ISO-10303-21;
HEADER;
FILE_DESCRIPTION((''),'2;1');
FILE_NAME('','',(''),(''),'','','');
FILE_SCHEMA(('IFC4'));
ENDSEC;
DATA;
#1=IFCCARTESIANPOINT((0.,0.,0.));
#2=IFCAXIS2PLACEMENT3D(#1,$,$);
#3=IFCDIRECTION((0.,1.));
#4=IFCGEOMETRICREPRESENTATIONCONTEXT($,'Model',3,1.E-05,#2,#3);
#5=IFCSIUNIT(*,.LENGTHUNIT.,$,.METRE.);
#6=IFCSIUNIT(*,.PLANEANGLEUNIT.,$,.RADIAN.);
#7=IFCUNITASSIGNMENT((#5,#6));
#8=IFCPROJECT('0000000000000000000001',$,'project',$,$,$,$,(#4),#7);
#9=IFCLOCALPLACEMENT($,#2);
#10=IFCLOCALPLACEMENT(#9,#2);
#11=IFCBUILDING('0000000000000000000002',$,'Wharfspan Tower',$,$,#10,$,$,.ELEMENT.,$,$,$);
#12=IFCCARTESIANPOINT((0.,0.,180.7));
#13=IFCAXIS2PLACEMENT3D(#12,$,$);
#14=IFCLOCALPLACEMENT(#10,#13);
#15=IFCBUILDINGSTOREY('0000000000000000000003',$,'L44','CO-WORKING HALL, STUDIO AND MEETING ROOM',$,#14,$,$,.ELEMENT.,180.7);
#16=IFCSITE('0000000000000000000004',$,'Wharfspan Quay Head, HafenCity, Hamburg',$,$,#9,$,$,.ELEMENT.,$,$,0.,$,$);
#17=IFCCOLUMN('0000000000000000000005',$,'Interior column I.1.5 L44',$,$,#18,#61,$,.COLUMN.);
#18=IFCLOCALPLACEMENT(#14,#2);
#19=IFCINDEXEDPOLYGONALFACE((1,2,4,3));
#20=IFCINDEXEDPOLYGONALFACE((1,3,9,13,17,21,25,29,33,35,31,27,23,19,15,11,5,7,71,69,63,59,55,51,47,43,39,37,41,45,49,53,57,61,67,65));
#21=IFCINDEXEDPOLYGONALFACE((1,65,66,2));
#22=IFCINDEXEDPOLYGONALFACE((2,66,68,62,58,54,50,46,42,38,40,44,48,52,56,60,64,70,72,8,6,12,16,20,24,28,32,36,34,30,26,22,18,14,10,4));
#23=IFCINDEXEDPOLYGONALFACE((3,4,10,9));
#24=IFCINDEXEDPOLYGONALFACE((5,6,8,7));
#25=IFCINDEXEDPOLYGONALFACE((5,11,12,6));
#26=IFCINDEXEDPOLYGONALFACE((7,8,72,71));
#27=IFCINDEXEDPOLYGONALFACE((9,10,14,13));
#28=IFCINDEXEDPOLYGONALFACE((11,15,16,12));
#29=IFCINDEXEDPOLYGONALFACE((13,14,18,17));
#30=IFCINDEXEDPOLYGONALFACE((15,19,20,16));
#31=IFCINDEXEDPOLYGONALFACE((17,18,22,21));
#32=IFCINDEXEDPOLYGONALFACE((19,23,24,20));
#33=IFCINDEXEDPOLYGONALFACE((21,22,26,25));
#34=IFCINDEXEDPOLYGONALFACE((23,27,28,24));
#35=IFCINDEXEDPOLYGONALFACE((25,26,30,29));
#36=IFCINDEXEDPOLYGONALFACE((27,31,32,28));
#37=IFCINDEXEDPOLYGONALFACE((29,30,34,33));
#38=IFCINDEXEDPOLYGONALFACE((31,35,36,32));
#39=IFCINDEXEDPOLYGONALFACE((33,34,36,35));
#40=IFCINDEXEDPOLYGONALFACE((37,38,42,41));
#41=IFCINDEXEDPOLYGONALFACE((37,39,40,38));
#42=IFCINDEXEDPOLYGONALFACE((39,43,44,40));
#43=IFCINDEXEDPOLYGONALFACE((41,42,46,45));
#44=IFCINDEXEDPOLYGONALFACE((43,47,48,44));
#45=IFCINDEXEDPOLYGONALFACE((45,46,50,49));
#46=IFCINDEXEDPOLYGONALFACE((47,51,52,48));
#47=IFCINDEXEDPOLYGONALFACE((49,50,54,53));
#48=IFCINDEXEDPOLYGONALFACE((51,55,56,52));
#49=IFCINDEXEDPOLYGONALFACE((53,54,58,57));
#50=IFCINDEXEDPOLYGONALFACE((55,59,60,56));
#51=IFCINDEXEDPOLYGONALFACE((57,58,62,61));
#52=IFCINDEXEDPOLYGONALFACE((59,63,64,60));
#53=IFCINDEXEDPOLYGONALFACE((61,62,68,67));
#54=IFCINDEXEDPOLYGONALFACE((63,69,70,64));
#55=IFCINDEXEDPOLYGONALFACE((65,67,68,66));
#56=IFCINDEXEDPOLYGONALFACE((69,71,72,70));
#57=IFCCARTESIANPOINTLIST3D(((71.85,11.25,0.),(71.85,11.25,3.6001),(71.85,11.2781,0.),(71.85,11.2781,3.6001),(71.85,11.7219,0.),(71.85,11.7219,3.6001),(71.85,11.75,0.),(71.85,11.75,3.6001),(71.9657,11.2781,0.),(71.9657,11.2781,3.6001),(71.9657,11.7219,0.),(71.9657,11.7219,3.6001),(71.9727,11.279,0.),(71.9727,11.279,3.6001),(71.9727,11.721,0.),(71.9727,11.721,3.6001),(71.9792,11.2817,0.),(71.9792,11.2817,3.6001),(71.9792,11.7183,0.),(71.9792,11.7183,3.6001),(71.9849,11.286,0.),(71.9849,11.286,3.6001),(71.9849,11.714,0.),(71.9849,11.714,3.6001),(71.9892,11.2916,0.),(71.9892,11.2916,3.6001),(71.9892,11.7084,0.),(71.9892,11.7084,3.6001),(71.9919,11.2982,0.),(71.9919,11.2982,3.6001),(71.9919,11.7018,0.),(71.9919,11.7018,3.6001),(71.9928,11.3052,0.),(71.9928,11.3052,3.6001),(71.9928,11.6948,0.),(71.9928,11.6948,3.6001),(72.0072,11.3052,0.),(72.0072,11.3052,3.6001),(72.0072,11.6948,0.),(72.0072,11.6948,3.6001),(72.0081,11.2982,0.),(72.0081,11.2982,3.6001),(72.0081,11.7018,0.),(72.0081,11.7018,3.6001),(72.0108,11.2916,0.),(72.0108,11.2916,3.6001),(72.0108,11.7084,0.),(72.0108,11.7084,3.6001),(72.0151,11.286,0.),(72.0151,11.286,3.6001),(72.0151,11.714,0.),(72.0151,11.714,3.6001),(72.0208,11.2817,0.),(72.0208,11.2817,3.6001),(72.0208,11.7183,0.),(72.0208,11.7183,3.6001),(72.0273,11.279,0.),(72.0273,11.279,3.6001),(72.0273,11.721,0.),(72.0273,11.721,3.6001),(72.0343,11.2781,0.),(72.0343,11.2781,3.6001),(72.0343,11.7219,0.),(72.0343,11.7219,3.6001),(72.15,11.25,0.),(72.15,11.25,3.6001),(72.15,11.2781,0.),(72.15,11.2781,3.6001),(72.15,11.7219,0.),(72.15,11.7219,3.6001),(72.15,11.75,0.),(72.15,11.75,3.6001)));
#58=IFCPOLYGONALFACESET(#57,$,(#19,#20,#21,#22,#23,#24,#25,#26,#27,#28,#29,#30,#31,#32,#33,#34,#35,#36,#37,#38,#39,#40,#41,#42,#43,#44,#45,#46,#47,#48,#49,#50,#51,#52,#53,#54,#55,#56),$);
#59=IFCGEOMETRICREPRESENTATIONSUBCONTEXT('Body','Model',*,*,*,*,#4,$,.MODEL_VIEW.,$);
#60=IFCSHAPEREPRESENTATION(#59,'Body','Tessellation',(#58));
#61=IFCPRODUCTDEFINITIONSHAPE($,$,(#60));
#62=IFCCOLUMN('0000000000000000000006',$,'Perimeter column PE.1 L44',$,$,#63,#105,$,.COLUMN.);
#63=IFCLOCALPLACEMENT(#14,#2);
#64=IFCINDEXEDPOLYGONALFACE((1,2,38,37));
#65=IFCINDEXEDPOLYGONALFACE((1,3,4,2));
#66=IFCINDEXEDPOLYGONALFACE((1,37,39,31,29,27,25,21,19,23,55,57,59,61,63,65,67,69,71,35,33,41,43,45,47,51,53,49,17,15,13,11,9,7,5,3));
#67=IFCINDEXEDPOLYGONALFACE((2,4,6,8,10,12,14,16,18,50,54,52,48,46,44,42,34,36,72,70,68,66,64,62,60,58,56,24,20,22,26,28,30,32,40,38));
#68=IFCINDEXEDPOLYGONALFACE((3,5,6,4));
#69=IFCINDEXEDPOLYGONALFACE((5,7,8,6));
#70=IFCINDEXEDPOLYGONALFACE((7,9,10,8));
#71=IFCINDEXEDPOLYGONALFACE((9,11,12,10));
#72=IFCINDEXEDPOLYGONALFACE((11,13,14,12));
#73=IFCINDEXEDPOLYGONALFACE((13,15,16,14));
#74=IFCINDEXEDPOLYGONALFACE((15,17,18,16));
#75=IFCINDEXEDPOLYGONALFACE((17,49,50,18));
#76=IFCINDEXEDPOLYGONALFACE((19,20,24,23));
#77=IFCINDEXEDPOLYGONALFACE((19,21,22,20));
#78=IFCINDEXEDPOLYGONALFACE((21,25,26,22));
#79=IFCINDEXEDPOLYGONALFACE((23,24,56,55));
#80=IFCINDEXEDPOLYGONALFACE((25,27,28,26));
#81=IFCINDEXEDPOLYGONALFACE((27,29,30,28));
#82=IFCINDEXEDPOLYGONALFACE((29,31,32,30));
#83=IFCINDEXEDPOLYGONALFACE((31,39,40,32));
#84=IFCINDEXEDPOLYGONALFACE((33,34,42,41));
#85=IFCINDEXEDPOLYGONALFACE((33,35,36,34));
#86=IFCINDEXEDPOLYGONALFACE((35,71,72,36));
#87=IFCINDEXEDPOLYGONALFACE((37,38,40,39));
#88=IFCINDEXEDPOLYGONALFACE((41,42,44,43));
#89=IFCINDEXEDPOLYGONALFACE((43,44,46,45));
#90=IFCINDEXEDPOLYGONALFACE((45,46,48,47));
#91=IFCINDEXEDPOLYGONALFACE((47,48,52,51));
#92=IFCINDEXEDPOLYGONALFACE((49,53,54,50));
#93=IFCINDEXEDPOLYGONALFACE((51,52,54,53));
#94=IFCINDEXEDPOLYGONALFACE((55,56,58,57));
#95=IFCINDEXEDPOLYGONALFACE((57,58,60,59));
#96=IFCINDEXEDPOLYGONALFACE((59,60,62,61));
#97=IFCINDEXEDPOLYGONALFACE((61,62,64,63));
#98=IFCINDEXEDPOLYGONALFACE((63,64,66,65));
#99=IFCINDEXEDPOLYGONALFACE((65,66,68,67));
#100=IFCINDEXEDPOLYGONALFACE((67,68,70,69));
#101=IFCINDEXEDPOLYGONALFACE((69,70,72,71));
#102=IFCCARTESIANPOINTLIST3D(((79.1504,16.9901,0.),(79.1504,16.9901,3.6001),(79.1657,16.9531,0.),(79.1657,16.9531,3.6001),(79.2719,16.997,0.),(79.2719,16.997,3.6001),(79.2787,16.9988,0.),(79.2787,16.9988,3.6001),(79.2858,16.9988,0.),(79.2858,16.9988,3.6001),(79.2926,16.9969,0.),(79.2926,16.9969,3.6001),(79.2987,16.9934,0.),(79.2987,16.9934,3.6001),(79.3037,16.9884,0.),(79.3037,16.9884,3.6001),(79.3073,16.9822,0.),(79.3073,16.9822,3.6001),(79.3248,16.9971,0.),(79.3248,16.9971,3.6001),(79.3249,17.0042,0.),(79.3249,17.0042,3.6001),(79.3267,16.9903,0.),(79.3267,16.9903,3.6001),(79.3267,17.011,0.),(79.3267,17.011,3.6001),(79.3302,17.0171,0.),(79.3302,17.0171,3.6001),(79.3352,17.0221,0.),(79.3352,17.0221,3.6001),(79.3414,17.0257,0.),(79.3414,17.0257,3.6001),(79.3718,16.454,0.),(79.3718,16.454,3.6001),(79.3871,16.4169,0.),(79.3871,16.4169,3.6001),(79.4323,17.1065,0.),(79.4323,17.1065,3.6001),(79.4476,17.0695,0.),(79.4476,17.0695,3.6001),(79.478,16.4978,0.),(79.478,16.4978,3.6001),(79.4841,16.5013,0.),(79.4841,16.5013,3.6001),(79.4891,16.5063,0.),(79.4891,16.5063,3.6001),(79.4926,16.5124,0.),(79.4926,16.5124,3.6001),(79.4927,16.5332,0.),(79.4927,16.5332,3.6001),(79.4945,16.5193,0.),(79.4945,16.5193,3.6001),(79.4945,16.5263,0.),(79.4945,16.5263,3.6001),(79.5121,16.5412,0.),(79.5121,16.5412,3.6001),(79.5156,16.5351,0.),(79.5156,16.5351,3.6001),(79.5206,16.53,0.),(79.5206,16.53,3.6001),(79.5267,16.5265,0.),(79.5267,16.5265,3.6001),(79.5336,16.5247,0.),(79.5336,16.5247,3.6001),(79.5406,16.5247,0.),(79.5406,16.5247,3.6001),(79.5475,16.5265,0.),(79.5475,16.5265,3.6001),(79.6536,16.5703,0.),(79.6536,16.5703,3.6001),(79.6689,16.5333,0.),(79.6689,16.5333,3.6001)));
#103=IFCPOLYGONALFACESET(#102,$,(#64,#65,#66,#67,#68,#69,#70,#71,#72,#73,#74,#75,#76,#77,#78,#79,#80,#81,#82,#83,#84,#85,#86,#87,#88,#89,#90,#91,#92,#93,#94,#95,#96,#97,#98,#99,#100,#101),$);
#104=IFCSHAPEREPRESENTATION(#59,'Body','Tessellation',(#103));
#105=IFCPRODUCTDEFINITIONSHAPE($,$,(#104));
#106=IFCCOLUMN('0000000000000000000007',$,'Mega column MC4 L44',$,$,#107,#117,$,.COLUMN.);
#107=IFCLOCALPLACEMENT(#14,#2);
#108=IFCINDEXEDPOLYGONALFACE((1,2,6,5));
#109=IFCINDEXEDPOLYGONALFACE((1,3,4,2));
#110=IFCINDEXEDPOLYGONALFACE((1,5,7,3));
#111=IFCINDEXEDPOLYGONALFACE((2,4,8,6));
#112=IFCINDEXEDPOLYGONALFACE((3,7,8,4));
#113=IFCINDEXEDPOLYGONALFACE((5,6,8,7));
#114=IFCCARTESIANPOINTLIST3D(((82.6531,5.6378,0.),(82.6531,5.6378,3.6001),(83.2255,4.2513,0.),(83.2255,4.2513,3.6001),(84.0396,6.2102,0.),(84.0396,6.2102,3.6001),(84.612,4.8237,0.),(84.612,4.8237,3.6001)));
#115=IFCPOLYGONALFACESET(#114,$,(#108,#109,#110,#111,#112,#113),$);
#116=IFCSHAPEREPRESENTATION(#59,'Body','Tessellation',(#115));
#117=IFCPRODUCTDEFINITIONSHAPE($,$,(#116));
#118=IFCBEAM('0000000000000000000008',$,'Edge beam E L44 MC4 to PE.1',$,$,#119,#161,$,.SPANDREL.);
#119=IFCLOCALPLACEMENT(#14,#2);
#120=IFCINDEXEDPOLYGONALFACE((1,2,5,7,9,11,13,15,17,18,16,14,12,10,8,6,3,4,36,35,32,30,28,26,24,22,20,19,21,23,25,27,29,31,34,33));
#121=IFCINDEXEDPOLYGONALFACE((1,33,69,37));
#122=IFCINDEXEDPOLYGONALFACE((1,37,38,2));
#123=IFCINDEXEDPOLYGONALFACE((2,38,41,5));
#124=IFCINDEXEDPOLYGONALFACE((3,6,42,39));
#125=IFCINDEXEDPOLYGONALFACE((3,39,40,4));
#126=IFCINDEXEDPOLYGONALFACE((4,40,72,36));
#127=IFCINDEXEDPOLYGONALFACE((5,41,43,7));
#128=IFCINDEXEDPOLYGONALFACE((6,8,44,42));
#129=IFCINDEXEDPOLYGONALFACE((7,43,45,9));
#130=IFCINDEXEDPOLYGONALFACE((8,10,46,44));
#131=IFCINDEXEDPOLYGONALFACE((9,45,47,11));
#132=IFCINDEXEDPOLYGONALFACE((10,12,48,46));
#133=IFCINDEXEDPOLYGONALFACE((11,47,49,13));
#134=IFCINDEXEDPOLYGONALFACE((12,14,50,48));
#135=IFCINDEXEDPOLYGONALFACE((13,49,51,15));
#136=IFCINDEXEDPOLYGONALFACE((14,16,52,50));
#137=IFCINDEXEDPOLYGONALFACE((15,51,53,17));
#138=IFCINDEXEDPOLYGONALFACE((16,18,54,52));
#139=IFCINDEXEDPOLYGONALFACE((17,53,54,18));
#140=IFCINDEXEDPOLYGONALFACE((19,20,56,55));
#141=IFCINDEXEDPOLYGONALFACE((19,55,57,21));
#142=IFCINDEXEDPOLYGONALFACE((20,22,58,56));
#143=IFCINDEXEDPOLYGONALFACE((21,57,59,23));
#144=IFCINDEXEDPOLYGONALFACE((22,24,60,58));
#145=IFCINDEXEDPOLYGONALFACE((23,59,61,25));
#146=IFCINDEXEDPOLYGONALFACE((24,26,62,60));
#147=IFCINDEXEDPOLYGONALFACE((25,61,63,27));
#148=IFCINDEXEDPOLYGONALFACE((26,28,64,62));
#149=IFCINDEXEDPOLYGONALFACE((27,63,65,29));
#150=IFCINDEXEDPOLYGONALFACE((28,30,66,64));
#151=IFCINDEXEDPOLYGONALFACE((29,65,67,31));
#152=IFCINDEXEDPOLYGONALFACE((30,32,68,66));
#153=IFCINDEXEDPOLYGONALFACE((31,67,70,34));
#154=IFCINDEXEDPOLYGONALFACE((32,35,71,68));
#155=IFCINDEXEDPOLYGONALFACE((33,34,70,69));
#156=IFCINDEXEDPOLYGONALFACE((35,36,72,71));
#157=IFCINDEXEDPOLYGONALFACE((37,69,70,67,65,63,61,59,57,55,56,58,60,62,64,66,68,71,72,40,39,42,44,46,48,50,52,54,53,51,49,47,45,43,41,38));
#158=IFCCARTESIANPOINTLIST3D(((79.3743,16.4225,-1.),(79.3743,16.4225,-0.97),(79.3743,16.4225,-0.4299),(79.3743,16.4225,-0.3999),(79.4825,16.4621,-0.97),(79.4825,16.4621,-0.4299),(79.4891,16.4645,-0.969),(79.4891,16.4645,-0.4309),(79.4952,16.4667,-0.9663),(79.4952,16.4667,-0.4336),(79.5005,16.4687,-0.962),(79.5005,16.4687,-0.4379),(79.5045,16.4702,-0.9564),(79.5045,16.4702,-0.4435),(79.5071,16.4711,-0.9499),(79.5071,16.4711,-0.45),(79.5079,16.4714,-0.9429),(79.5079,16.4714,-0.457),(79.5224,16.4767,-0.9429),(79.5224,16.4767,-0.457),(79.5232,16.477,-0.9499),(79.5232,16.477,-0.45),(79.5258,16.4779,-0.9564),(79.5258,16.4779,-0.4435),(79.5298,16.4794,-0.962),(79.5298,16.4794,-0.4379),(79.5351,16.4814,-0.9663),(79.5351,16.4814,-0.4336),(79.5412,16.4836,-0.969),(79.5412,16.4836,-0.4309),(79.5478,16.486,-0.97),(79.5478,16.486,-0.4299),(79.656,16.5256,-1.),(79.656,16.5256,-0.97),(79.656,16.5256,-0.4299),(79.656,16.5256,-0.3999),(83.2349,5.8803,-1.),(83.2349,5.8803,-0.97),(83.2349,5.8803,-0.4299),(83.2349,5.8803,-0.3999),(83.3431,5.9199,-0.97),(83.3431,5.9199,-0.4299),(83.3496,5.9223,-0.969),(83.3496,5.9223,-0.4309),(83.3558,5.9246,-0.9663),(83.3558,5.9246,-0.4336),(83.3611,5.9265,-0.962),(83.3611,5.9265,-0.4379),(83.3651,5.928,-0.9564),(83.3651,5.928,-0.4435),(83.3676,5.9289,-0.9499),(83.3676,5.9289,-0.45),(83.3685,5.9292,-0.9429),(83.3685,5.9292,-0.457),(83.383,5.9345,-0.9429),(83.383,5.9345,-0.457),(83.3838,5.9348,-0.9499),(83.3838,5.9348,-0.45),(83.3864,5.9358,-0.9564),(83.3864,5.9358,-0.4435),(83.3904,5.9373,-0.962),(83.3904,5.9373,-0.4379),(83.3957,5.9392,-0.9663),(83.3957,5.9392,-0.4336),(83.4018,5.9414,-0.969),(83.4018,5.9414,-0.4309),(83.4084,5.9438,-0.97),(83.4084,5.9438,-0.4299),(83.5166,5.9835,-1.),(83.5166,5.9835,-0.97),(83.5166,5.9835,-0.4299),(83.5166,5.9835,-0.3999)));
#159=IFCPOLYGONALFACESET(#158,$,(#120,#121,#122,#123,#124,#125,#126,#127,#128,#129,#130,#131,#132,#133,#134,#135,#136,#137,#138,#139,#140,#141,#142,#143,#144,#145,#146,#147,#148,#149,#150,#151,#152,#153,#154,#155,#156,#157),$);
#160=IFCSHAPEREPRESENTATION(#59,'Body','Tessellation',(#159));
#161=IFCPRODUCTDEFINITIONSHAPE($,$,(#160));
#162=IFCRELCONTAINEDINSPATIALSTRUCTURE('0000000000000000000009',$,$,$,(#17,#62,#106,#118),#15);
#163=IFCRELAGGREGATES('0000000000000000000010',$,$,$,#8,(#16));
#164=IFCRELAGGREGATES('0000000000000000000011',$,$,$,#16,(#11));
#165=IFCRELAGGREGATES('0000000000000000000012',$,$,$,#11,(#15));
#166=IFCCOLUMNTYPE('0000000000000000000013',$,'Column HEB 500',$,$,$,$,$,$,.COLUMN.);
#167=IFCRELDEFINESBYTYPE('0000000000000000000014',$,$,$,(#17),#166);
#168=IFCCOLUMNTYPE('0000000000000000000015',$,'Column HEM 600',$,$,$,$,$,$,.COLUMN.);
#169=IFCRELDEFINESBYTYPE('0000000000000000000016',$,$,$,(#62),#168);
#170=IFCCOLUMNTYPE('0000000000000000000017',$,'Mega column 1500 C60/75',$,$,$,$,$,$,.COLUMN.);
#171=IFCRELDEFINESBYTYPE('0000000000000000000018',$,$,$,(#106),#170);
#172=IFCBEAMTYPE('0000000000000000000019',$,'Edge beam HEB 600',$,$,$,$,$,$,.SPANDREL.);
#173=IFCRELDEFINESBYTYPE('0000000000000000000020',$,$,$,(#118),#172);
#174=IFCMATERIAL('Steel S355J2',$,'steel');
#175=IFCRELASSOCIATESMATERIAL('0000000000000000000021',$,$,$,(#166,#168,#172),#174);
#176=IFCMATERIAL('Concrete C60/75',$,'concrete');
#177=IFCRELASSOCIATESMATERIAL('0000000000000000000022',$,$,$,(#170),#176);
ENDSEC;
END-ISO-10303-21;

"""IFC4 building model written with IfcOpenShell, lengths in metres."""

from ifc_helpers import new_model, si_unit, direction, frame, origin, origin_2d, place, context, subcontext, project, spatial, rectangle, i_section, extrude, material, material_profile, profile_set, type_object, element, save


model = new_model("IFC4")

# Units and contexts
model_context = context("Model", 3, precision=1e-05, world=origin(), true_north=direction((0.0, 1.0)))
body_context = subcontext(model_context, "Body", "Model", "MODEL_VIEW")
ifc_project = project(units=[si_unit("LENGTHUNIT", "METRE"), si_unit("PLANEANGLEUNIT", "RADIAN")], contexts=[model_context])

# Site, building, storey
site_placement = place(None, origin())
site = spatial("IfcSite", under=ifc_project, at=site_placement, Name="Wharfspan Quay Head, HafenCity, Hamburg", CompositionType="ELEMENT", RefElevation=0.0)
building_placement = place(site_placement, origin())
building = spatial("IfcBuilding", under=site, at=building_placement, Name="Wharfspan Tower", CompositionType="ELEMENT")
storey_placement = place(building_placement, frame((0.0, 0.0, 180.7)))
storey = spatial("IfcBuildingStorey", under=building, at=storey_placement, Name="L44", Description="CO-WORKING HALL, STUDIO AND MEETING ROOM", CompositionType="ELEMENT", Elevation=180.7)

# Columns
ifc_material_1 = material(Name="Steel S355J2", Category="steel")
ifc_material_profile_1 = material_profile(ifc_material_1, i_section(OverallWidth=0.3, OverallDepth=0.5, WebThickness=0.0144, FlangeThickness=0.0281, FilletRadius=0.0271, at=origin_2d()))
ifc_profile_set_1 = profile_set([ifc_material_profile_1], Name="Steel S355J2")
column_type_1 = type_object("IfcColumnType", Name="Column HEB 500", PredefinedType="COLUMN", material=ifc_profile_set_1)
column_1_placement = place(storey_placement, frame((72.0, 11.5, 0.0), z_axis=(0.0, 0.0, 1.0), x_axis=(1.0, 0.0, 0.0)))
element("IfcColumn", 1, at=column_1_placement, inside=storey, type_object=column_type_1, Name="Interior column I.1.5 L44", PredefinedType="COLUMN", context=body_context, shape_type="SweptSolid", body=[
    extrude(i_section(OverallWidth=0.3, OverallDepth=0.5, WebThickness=0.0144, FlangeThickness=0.0281, FilletRadius=0.0271, at=origin_2d()), origin(), (0.0, 0.0, 1.0), 3.6001),
])
ifc_material_profile_2 = material_profile(ifc_material_1, i_section(OverallWidth=0.3049, OverallDepth=0.6201, WebThickness=0.021, FlangeThickness=0.04, FilletRadius=0.0271, at=origin_2d()))
ifc_profile_set_2 = profile_set([ifc_material_profile_2], Name="Steel S355J2")
column_type_2 = type_object("IfcColumnType", Name="Column HEM 600", PredefinedType="COLUMN", material=ifc_profile_set_2)
column_2_placement = place(storey_placement, frame((79.4097, 16.7617, 0.0), z_axis=(0.0, 0.0, 1.0), x_axis=(0.924325, 0.381602, 0.0)))
element("IfcColumn", 2, at=column_2_placement, inside=storey, type_object=column_type_2, Name="Perimeter column PE.1 L44", PredefinedType="COLUMN", context=body_context, shape_type="SweptSolid", body=[
    extrude(i_section(OverallWidth=0.3049, OverallDepth=0.6201, WebThickness=0.021, FlangeThickness=0.04, FilletRadius=0.0271, at=origin_2d()), origin(), (0.0, 0.0, 1.0), 3.6001),
])
ifc_material_2 = material(Name="Concrete C60/75", Category="concrete")
ifc_material_profile_3 = material_profile(ifc_material_2, rectangle(XDim=1.5, YDim=1.5, at=origin_2d()))
ifc_profile_set_3 = profile_set([ifc_material_profile_3], Name="Concrete C60/75")
column_type_3 = type_object("IfcColumnType", Name="Mega column 1500 C60/75", PredefinedType="COLUMN", material=ifc_profile_set_3)
column_3_placement = place(storey_placement, frame((83.6326, 5.2307, 0.0), z_axis=(0.0, 0.0, 1.0), x_axis=(-0.381602, 0.924325, 0.0)))
element("IfcColumn", 3, at=column_3_placement, inside=storey, type_object=column_type_3, Name="Mega column MC4 L44", PredefinedType="COLUMN", context=body_context, shape_type="SweptSolid", body=[
    extrude(rectangle(XDim=1.5, YDim=1.5, at=origin_2d()), origin(), (0.0, 0.0, 1.0), 3.6001),
])

# Beam
ifc_material_profile_4 = material_profile(ifc_material_1, i_section(OverallWidth=0.3, OverallDepth=0.6001, WebThickness=0.0154, FlangeThickness=0.03, FilletRadius=0.0271, at=origin_2d()))
ifc_profile_set_4 = profile_set([ifc_material_profile_4], Name="Steel S355J2")
beam_type = type_object("IfcBeamType", Name="Edge beam HEB 600", PredefinedType="SPANDREL", material=ifc_profile_set_4)
beam_1_placement = place(storey_placement, frame((83.3757, 5.9319, -0.7), z_axis=(-0.343871, 0.939017, 0.0), x_axis=(-0.939017, -0.343871, 0.0)))
element("IfcBeam", 4, at=beam_1_placement, inside=storey, type_object=beam_type, Name="Edge beam E L44 MC4 to PE.1", PredefinedType="SPANDREL", context=body_context, shape_type="SweptSolid", body=[
    extrude(i_section(OverallWidth=0.3, OverallDepth=0.6001, WebThickness=0.0154, FlangeThickness=0.03, FilletRadius=0.0271, at=origin_2d()), origin(), (0.0, 0.0, 1.0), 11.2268),
])

save(model, "model.ifc")
